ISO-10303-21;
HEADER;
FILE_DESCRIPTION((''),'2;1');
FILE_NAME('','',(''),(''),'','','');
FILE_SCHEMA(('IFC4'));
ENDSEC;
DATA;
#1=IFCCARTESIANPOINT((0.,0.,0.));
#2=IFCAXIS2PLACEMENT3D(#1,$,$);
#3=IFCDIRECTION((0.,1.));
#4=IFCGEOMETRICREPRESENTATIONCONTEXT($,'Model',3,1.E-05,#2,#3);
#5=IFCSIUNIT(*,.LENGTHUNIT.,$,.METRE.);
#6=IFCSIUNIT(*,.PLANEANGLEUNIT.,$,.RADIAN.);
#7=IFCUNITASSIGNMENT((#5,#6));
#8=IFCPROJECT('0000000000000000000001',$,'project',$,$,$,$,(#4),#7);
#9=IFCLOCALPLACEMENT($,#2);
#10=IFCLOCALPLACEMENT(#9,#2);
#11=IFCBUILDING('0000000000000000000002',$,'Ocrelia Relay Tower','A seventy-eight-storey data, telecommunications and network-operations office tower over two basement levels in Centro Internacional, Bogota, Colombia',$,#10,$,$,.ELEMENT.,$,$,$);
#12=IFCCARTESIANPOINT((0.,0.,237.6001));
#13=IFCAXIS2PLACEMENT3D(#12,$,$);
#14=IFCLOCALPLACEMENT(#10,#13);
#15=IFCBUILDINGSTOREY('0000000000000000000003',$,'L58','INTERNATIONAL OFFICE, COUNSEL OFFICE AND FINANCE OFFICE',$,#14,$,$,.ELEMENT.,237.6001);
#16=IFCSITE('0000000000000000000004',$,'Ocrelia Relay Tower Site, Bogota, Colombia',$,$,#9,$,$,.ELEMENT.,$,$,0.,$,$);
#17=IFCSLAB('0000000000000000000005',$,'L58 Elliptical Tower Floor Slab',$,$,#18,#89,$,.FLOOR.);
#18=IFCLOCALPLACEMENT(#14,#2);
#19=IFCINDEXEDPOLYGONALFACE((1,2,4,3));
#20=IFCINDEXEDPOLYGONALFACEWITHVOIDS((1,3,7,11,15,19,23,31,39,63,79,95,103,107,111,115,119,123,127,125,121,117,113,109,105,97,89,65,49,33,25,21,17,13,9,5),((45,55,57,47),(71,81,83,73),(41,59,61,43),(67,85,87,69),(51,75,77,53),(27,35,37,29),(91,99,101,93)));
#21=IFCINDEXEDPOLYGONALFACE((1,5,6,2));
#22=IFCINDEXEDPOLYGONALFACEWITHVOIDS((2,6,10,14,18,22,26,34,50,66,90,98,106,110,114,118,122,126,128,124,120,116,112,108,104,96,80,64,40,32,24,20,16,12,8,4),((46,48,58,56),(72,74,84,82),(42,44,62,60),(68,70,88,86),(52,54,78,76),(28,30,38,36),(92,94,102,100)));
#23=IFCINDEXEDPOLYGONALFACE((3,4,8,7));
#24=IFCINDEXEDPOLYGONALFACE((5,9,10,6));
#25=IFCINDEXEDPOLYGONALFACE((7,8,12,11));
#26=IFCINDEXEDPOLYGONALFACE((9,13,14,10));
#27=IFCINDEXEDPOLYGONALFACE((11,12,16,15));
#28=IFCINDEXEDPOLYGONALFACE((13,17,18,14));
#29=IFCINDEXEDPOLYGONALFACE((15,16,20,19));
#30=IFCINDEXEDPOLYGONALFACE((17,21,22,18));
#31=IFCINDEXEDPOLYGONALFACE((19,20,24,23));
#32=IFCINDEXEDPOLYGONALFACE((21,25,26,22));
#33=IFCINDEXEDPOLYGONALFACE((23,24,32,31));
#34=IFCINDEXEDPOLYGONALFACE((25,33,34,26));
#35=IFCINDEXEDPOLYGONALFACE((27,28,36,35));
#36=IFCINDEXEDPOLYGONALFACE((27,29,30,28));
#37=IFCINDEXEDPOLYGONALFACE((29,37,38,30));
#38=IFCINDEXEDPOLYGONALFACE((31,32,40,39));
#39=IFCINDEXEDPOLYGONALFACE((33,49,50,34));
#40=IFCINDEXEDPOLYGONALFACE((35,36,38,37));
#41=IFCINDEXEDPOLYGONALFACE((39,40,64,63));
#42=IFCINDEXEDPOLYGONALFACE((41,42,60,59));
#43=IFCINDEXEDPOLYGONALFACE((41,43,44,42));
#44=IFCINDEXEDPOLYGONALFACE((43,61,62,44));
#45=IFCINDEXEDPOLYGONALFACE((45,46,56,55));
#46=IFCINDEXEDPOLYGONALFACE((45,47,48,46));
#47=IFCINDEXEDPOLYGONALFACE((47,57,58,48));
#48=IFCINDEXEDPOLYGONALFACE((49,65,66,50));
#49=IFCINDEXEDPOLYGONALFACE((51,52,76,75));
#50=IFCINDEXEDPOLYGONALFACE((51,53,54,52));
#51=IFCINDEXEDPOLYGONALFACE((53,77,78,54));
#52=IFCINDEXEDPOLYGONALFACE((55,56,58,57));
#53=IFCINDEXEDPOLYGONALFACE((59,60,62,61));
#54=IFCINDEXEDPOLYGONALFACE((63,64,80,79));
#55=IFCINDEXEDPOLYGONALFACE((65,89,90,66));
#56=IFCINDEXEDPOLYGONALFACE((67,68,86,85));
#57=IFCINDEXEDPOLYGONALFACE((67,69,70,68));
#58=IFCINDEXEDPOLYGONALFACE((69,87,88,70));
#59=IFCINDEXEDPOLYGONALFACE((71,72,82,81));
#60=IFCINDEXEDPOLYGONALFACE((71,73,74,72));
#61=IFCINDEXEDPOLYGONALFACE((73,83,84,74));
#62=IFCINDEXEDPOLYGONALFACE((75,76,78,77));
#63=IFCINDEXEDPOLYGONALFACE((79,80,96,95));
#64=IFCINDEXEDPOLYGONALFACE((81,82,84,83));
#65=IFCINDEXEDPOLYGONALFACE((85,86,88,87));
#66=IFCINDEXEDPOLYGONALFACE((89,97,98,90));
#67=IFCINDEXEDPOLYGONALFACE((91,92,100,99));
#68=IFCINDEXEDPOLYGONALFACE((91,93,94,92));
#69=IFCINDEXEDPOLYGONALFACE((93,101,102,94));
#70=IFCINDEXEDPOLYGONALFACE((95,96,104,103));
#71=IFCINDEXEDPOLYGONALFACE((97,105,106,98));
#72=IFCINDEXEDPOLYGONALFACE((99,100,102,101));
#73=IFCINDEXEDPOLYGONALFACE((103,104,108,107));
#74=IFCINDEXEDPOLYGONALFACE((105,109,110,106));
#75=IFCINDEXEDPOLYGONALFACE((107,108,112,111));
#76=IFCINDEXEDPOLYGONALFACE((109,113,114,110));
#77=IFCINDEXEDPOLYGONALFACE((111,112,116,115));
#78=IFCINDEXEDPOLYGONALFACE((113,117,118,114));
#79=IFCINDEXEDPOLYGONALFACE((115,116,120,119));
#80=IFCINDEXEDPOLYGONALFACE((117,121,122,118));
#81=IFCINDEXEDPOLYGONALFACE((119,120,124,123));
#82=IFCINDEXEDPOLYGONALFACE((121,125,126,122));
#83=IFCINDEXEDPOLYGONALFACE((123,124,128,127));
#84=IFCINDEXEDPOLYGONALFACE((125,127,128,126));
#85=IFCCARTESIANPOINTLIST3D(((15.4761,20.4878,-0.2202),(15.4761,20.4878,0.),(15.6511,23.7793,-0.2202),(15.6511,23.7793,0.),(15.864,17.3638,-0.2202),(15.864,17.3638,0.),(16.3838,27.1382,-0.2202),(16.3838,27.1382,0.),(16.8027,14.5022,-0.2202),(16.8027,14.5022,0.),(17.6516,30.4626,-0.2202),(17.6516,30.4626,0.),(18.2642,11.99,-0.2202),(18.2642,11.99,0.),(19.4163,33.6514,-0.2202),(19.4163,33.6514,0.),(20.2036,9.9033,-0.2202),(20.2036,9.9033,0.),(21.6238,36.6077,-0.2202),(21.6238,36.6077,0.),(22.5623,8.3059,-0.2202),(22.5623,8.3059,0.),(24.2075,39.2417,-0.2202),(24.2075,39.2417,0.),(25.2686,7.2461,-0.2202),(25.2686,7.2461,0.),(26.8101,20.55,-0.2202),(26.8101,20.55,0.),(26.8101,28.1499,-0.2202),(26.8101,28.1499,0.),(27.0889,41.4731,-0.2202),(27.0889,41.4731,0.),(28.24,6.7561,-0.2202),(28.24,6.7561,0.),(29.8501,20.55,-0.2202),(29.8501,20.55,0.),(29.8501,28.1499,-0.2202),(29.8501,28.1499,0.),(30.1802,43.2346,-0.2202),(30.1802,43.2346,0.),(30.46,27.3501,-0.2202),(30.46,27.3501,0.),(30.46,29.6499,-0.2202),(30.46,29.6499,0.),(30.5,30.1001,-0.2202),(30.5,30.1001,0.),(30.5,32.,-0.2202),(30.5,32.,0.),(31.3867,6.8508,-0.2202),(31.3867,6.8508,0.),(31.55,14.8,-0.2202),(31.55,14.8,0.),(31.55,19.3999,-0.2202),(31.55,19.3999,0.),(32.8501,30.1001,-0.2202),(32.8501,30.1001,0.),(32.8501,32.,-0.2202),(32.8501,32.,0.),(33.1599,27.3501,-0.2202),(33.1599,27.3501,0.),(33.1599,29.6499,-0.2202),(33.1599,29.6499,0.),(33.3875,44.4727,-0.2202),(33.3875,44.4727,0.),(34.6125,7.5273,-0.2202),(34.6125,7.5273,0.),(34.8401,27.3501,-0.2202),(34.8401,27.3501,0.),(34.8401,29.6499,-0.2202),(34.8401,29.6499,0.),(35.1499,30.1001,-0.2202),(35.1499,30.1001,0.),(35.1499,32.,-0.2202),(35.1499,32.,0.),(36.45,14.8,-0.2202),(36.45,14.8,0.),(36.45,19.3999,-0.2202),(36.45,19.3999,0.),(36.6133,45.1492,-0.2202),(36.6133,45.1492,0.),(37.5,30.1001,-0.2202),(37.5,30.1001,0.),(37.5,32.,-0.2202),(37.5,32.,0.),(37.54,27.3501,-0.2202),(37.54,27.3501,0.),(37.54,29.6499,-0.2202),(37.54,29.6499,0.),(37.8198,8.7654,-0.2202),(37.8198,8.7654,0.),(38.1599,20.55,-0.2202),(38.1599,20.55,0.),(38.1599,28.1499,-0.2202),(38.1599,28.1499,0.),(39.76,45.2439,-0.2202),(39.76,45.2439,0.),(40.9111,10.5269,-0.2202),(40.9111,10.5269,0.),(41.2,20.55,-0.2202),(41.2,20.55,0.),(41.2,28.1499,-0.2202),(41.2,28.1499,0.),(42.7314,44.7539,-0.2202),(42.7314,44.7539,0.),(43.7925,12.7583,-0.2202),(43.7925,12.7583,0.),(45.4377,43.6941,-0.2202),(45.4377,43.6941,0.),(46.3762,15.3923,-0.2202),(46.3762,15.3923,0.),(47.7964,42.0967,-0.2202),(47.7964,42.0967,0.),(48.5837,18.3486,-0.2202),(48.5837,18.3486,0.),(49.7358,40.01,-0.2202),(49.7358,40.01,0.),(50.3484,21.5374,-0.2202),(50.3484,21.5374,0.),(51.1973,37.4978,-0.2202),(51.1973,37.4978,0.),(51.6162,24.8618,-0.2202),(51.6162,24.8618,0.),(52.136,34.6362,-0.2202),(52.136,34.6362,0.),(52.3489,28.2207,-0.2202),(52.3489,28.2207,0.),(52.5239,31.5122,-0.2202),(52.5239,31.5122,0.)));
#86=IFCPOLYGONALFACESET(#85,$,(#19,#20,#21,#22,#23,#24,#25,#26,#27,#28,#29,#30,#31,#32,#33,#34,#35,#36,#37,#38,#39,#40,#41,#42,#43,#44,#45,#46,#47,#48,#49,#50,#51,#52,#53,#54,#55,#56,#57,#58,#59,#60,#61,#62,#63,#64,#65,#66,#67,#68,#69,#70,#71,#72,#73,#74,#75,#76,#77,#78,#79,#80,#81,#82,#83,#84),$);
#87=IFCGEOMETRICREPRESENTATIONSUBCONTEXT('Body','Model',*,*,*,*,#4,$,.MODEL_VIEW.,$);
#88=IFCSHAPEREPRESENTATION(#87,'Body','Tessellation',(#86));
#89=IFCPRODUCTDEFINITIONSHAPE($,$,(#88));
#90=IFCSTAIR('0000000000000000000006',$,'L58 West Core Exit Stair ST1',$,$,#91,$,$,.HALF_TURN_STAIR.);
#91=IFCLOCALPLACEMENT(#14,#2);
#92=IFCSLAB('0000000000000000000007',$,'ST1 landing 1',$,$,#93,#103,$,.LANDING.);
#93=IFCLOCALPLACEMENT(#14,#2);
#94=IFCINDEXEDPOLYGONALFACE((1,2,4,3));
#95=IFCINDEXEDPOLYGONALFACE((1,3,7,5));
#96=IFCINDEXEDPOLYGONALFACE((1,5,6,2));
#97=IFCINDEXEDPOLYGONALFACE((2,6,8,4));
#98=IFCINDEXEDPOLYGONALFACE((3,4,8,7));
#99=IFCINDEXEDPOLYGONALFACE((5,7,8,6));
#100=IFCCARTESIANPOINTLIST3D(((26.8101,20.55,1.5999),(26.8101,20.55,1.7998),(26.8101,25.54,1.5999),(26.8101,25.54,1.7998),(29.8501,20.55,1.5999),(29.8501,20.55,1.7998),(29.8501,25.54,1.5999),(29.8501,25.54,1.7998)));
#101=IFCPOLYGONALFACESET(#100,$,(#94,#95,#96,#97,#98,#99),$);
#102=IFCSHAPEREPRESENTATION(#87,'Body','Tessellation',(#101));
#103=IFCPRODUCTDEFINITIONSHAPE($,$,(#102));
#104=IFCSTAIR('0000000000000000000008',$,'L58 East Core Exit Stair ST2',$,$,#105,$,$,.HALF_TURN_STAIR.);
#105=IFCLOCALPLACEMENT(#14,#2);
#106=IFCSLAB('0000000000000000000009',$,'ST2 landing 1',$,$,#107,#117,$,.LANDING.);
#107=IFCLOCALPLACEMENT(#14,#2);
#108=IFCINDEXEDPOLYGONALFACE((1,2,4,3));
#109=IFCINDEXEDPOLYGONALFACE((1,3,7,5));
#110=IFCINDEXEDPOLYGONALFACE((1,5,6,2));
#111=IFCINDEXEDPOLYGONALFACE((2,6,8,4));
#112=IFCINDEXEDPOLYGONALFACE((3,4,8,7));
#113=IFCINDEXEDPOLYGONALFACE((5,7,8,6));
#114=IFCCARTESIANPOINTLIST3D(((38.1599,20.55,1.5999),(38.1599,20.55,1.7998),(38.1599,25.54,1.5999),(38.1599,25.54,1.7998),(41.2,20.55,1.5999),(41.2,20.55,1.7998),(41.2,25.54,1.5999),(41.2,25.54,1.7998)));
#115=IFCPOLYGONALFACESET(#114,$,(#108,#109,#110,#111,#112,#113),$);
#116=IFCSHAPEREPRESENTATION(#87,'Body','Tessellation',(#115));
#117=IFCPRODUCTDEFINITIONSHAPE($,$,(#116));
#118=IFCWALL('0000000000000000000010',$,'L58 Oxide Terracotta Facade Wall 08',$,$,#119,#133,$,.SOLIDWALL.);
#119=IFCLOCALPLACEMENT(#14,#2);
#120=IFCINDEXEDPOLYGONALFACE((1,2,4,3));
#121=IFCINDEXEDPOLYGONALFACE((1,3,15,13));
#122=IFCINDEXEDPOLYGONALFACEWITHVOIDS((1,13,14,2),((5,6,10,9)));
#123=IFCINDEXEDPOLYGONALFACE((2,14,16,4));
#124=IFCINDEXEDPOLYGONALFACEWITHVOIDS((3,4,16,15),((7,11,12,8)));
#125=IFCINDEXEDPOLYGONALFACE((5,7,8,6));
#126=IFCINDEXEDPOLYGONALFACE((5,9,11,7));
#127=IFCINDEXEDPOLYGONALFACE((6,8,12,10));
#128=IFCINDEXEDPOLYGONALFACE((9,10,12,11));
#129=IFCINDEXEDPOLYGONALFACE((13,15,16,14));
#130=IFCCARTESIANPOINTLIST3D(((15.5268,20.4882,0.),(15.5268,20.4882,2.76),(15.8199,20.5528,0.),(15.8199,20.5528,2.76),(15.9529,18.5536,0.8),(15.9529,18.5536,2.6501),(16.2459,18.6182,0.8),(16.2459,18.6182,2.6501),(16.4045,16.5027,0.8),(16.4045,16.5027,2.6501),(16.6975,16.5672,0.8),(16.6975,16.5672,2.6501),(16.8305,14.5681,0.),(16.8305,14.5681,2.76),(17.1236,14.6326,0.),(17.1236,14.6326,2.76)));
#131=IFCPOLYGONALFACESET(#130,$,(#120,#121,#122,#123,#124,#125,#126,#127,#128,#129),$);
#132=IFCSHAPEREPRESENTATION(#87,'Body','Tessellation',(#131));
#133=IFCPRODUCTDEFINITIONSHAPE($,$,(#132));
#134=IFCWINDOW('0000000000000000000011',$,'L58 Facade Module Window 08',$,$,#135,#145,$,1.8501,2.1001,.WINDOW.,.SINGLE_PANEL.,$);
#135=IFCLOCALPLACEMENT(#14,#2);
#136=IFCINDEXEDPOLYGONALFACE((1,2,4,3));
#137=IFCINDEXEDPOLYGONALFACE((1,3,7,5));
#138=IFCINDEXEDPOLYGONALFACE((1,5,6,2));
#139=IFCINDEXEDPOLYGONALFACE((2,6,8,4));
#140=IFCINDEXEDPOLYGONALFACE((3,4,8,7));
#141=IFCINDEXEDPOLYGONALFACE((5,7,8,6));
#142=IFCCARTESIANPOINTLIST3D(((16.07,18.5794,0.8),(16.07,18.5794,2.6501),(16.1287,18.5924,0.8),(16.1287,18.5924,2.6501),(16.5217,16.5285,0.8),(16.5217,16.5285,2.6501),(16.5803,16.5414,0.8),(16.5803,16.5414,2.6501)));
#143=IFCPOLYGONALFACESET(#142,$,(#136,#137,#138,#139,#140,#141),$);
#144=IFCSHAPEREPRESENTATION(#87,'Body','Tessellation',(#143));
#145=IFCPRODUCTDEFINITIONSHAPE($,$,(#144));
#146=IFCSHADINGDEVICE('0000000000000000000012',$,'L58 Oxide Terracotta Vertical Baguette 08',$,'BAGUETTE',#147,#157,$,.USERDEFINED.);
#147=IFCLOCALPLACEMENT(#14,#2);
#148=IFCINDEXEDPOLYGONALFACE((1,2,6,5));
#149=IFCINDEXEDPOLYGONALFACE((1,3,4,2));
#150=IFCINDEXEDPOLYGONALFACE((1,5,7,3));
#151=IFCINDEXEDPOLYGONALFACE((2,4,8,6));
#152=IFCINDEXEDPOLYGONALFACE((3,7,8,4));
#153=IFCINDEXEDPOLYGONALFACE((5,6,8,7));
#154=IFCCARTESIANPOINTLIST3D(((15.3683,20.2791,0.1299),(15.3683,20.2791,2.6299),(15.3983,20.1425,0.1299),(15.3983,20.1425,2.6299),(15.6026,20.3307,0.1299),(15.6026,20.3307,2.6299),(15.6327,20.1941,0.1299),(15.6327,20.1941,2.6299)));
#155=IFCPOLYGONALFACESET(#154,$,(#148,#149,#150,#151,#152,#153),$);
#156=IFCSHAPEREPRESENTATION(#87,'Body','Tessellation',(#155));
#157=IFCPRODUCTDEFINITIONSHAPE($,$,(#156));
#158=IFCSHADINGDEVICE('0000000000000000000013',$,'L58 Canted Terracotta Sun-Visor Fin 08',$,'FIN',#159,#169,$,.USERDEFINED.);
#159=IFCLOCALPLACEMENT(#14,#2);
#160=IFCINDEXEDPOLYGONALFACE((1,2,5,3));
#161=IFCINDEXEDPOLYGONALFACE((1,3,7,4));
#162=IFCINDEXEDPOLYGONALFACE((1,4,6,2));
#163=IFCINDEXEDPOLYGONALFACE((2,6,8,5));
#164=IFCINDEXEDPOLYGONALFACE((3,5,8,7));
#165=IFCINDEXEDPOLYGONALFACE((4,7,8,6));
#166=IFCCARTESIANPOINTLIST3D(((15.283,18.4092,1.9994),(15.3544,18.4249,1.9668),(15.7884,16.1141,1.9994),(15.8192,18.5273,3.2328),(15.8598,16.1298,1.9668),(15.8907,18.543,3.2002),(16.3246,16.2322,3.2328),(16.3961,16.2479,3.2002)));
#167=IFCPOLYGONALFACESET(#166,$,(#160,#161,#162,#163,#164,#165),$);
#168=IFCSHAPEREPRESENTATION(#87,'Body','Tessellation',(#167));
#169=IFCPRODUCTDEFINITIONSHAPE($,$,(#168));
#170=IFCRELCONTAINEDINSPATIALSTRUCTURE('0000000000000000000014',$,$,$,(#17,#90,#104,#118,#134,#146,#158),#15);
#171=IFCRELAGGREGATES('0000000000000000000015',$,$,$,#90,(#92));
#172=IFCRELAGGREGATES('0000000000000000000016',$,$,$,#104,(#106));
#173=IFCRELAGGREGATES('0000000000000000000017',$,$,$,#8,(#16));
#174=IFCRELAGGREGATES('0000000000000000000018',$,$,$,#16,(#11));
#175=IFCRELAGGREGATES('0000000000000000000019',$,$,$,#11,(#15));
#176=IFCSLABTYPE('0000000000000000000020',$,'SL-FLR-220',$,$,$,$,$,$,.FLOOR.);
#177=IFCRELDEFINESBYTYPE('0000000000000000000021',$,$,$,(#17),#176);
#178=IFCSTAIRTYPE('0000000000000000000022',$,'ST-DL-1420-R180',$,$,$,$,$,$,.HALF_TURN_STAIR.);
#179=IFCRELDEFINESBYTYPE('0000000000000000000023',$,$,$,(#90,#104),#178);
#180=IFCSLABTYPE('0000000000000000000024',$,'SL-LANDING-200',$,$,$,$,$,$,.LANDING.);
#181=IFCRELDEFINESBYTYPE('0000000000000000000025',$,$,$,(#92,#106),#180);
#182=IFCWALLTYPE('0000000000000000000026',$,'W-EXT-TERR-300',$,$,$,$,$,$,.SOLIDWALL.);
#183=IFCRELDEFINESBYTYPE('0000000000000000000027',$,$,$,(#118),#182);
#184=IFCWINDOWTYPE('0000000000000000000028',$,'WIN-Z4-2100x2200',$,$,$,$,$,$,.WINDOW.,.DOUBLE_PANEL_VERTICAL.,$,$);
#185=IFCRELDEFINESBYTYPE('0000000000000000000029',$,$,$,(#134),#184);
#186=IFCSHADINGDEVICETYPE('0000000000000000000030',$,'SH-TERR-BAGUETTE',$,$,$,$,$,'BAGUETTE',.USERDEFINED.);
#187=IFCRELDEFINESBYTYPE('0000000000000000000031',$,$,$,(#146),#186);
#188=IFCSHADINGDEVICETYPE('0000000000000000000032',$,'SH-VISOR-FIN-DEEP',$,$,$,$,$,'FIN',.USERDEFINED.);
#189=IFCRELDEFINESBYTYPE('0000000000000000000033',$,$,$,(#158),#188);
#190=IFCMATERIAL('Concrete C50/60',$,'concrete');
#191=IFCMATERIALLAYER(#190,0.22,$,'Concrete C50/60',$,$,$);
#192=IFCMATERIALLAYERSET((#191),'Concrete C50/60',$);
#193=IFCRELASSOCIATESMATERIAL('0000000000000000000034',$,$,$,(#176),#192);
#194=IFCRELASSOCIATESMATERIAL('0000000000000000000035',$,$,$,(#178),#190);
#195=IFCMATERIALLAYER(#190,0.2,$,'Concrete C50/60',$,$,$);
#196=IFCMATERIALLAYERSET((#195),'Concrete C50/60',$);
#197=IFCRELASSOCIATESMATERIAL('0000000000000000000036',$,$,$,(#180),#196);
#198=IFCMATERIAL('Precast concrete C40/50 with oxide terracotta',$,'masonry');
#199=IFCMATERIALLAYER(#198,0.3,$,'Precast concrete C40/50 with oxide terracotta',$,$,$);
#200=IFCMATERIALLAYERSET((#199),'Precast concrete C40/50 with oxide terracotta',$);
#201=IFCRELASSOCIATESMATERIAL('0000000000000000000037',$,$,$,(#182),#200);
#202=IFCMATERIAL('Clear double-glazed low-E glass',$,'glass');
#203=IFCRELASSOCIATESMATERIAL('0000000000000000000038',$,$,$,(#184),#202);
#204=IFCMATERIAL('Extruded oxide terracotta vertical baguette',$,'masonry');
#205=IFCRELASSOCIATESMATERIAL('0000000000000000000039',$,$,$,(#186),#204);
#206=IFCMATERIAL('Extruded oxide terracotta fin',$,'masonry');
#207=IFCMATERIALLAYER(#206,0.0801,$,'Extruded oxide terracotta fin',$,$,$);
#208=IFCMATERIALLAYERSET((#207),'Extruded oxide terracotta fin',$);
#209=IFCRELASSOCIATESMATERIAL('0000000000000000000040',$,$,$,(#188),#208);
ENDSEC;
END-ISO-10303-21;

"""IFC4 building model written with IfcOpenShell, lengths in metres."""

from ifc_helpers import new_model, si_unit, direction, frame, frame_2d, origin, origin_2d, place, context, subcontext, project, spatial, polyline, rectangle, outline, extrude, material, layer, layer_set, type_object, element, fill, aggregate, save


model = new_model("IFC4")

# Units and contexts
model_context = context("Model", 3, precision=1e-05, world=origin(), true_north=direction((0.0, 1.0)))
body_context = subcontext(model_context, "Body", "Model", "MODEL_VIEW")
ifc_project = project(units=[si_unit("LENGTHUNIT", "METRE"), si_unit("PLANEANGLEUNIT", "RADIAN")], contexts=[model_context])

# Site, building, storey
site_placement = place(None, origin())
site = spatial("IfcSite", under=ifc_project, at=site_placement, Name="Ocrelia Relay Tower Site, Bogota, Colombia", CompositionType="ELEMENT", RefElevation=0.0)
building_placement = place(site_placement, origin())
building = spatial("IfcBuilding", under=site, at=building_placement, Name="Ocrelia Relay Tower", Description="A seventy-eight-storey data, telecommunications and network-operations office tower over two basement levels in Centro Internacional, Bogota, Colombia", CompositionType="ELEMENT")
storey_placement = place(building_placement, frame((0.0, 0.0, 237.6001)))
storey = spatial("IfcBuildingStorey", under=building, at=storey_placement, Name="L58", Description="INTERNATIONAL OFFICE, COUNSEL OFFICE AND FINANCE OFFICE", CompositionType="ELEMENT", Elevation=237.6001)

# Shared definitions
ifc_material_1 = material(Name="Concrete C50/60", Category="concrete")

# Shared definitions
ifc_material_2 = material(Name="Clear double-glazed low-E glass", Category="glass")

# Slab
ifc_layer_1 = layer(ifc_material_1, 0.22, Name="Concrete C50/60")
ifc_layer_set_1 = layer_set([ifc_layer_1], Name="Concrete C50/60")
slab_type_1 = type_object("IfcSlabType", Name="SL-FLR-220", PredefinedType="FLOOR", material=ifc_layer_set_1)
slab_1_placement = place(storey_placement, frame((0.0, 0.0, -0.2202)))
element("IfcSlab", 1, at=slab_1_placement, inside=storey, type_object=slab_type_1, Name="L58 Elliptical Tower Floor Slab", PredefinedType="FLOOR", context=body_context, shape_type="SweptSolid", body=[
    extrude(outline(polyline([(47.7964, 42.0967), (45.4377, 43.6941), (42.7314, 44.7539), (39.76, 45.2439), (36.6133, 45.1492), (33.3875, 44.4727), (30.1802, 43.2346), (27.0889, 41.4731), (24.2075, 39.2417), (21.6238, 36.6077), (19.4163, 33.6514), (17.6516, 30.4626), (16.3838, 27.1382), (15.6511, 23.7793), (15.4761, 20.4878), (15.864, 17.3638), (16.8027, 14.5022), (18.2642, 11.99), (20.2036, 9.9033), (22.5623, 8.3059), (25.2686, 7.2461), (28.24, 6.7561), (31.3867, 6.8508), (34.6125, 7.5273), (37.8198, 8.7654), (40.9111, 10.5269), (43.7925, 12.7583), (46.3762, 15.3923), (48.5837, 18.3486), (50.3484, 21.5374), (51.6162, 24.8618), (52.3489, 28.2207), (52.5239, 31.5122), (52.136, 34.6362), (51.1973, 37.4978), (49.7358, 40.01), (47.7964, 42.0967)]), holes=[polyline([(26.8101, 28.1499), (26.8101, 20.55), (29.8501, 20.55), (29.8501, 28.1499), (26.8101, 28.1499)]), polyline([(38.1599, 28.1499), (38.1599, 20.55), (41.2, 20.55), (41.2, 28.1499), (38.1599, 28.1499)]), polyline([(30.46, 27.3501), (33.1599, 27.3501), (33.1599, 29.6499), (30.46, 29.6499), (30.46, 27.3501)]), polyline([(34.8401, 27.3501), (37.54, 27.3501), (37.54, 29.6499), (34.8401, 29.6499), (34.8401, 27.3501)]), polyline([(30.5, 30.1001), (32.8501, 30.1001), (32.8501, 32.0), (30.5, 32.0), (30.5, 30.1001)]), polyline([(35.1499, 30.1001), (37.5, 30.1001), (37.5, 32.0), (35.1499, 32.0), (35.1499, 30.1001)]), polyline([(31.55, 14.8), (36.45, 14.8), (36.45, 19.3999), (31.55, 19.3999), (31.55, 14.8)])]), origin(), (0.0, 0.0, 1.0), 0.2202),
])

# Stairs, slabs
stair_type = type_object("IfcStairType", Name="ST-DL-1420-R180", PredefinedType="HALF_TURN_STAIR", material=ifc_material_1)
stair_1_placement = place(storey_placement, origin())
stair_1 = element("IfcStair", 2, at=stair_1_placement, inside=storey, type_object=stair_type, Name="L58 West Core Exit Stair ST1", PredefinedType="HALF_TURN_STAIR")
ifc_layer_2 = layer(ifc_material_1, 0.2, Name="Concrete C50/60")
ifc_layer_set_2 = layer_set([ifc_layer_2], Name="Concrete C50/60")
slab_type_2 = type_object("IfcSlabType", Name="SL-LANDING-200", PredefinedType="LANDING", material=ifc_layer_set_2)
slab_2_placement = place(storey_placement, frame((0.0, 0.0, 1.5999)))
slab_2 = element("IfcSlab", 3, at=slab_2_placement, type_object=slab_type_2, Name="ST1 landing 1", PredefinedType="LANDING", context=body_context, shape_type="SweptSolid", body=[
    extrude(outline(polyline([(26.8101, 25.54), (26.8101, 20.55), (29.8501, 20.55), (29.8501, 25.54), (26.8101, 25.54)])), origin(), (0.0, 0.0, 1.0), 0.2),
])
aggregate(stair_1, [slab_2])
stair_2_placement = place(storey_placement, origin())
stair_2 = element("IfcStair", 4, at=stair_2_placement, inside=storey, type_object=stair_type, Name="L58 East Core Exit Stair ST2", PredefinedType="HALF_TURN_STAIR")
slab_3_placement = place(storey_placement, frame((0.0, 0.0, 1.5999)))
slab_3 = element("IfcSlab", 5, at=slab_3_placement, type_object=slab_type_2, Name="ST2 landing 1", PredefinedType="LANDING", context=body_context, shape_type="SweptSolid", body=[
    extrude(outline(polyline([(38.1599, 25.54), (38.1599, 20.55), (41.2, 20.55), (41.2, 25.54), (38.1599, 25.54)])), origin(), (0.0, 0.0, 1.0), 0.2),
])
aggregate(stair_2, [slab_3])

# Wall, opening, window
ifc_material_3 = material(Name="Precast concrete C40/50 with oxide terracotta", Category="masonry")
ifc_layer_3 = layer(ifc_material_3, 0.3, Name="Precast concrete C40/50 with oxide terracotta")
ifc_layer_set_3 = layer_set([ifc_layer_3], Name="Precast concrete C40/50 with oxide terracotta")
wall_type = type_object("IfcWallType", Name="W-EXT-TERR-300", PredefinedType="SOLIDWALL", material=ifc_layer_set_3)
wall_placement = place(storey_placement, frame((15.6733, 20.5205, 0.0), z_axis=(0.0, 0.0, 1.0), x_axis=(0.215062, -0.9766, 0.0)))
wall = element("IfcWall", 6, at=wall_placement, inside=storey, type_object=wall_type, Name="L58 Oxide Terracotta Facade Wall 08", PredefinedType="SOLIDWALL", context=body_context, shape_type="SweptSolid", body=[
    extrude(rectangle(XDim=6.062, YDim=0.3, at=frame_2d((3.031, 0.0))), origin(), (0.0, 0.0, 1.0), 2.76),
])
opening_placement = place(wall_placement, frame((1.981, 0.0, 0.8)))
opening = element("IfcOpeningElement", 7, at=opening_placement, cuts=wall, PredefinedType="OPENING", context=body_context, shape_type="SweptSolid", body=[
    extrude(rectangle(XDim=2.1001, YDim=1.8501, at=frame_2d((1.05, 0.925))), frame((0.0, 0.1602, 0.0), z_axis=(0.0, -1.0, 0.0), x_axis=(1.0, 0.0, 0.0)), (0.0, 0.0, 1.0), 0.3201),
])
window_type = type_object("IfcWindowType", Name="WIN-Z4-2100x2200", PartitioningType="DOUBLE_PANEL_VERTICAL", PredefinedType="WINDOW", material=ifc_material_2)
window_placement = place(opening_placement, origin())
window = element("IfcWindow", 8, at=window_placement, inside=storey, type_object=window_type, Name="L58 Facade Module Window 08", OverallHeight=1.8501, OverallWidth=2.1001, PartitioningType="SINGLE_PANEL", PredefinedType="WINDOW", context=body_context, shape_type="SweptSolid", body=[
    extrude(rectangle(XDim=2.1001, YDim=1.8501, at=frame_2d((1.05, 0.925))), frame((0.0, 0.03, 0.0), z_axis=(0.0, -1.0, 0.0), x_axis=(1.0, 0.0, 0.0)), (0.0, 0.0, 1.0), 0.0601),
])
fill(opening, window)

# Shading devices
ifc_material_4 = material(Name="Extruded oxide terracotta vertical baguette", Category="masonry")
shading_device_type_1 = type_object("IfcShadingDeviceType", Name="SH-TERR-BAGUETTE", ElementType="BAGUETTE", PredefinedType="USERDEFINED", material=ifc_material_4)
shading_device_1_placement = place(storey_placement, frame((15.5005, 20.2366, 0.1299), z_axis=(0.0, 0.0, 1.0), x_axis=(0.215051, -0.976603, 0.0)))
element("IfcShadingDevice", 9, at=shading_device_1_placement, inside=storey, type_object=shading_device_type_1, Name="L58 Oxide Terracotta Vertical Baguette 08", ObjectType="BAGUETTE", PredefinedType="USERDEFINED", context=body_context, shape_type="SweptSolid", body=[
    extrude(rectangle(XDim=0.1399, YDim=0.24, at=origin_2d()), origin(), (0.0, 0.0, 1.0), 2.5),
])
ifc_material_5 = material(Name="Extruded oxide terracotta fin", Category="masonry")
ifc_layer_4 = layer(ifc_material_5, 0.0801, Name="Extruded oxide terracotta fin")
ifc_layer_set_4 = layer_set([ifc_layer_4], Name="Extruded oxide terracotta fin")
shading_device_type_2 = type_object("IfcShadingDeviceType", Name="SH-VISOR-FIN-DEEP", ElementType="FIN", PredefinedType="USERDEFINED", material=ifc_layer_set_4)
shading_device_2_placement = place(storey_placement, frame((15.8752, 17.3364, 2.5835), z_axis=(-0.892171, -0.196458, 0.406737), x_axis=(0.215051, -0.976603, 0.0)))
element("IfcShadingDevice", 10, at=shading_device_2_placement, inside=storey, type_object=shading_device_type_2, Name="L58 Canted Terracotta Sun-Visor Fin 08", ObjectType="FIN", PredefinedType="USERDEFINED", context=body_context, shape_type="SweptSolid", body=[
    extrude(rectangle(XDim=2.3501, YDim=1.3501, at=origin_2d()), origin(), (0.0, 0.0, 1.0), 0.0801),
])

save(model, "model.ifc")
